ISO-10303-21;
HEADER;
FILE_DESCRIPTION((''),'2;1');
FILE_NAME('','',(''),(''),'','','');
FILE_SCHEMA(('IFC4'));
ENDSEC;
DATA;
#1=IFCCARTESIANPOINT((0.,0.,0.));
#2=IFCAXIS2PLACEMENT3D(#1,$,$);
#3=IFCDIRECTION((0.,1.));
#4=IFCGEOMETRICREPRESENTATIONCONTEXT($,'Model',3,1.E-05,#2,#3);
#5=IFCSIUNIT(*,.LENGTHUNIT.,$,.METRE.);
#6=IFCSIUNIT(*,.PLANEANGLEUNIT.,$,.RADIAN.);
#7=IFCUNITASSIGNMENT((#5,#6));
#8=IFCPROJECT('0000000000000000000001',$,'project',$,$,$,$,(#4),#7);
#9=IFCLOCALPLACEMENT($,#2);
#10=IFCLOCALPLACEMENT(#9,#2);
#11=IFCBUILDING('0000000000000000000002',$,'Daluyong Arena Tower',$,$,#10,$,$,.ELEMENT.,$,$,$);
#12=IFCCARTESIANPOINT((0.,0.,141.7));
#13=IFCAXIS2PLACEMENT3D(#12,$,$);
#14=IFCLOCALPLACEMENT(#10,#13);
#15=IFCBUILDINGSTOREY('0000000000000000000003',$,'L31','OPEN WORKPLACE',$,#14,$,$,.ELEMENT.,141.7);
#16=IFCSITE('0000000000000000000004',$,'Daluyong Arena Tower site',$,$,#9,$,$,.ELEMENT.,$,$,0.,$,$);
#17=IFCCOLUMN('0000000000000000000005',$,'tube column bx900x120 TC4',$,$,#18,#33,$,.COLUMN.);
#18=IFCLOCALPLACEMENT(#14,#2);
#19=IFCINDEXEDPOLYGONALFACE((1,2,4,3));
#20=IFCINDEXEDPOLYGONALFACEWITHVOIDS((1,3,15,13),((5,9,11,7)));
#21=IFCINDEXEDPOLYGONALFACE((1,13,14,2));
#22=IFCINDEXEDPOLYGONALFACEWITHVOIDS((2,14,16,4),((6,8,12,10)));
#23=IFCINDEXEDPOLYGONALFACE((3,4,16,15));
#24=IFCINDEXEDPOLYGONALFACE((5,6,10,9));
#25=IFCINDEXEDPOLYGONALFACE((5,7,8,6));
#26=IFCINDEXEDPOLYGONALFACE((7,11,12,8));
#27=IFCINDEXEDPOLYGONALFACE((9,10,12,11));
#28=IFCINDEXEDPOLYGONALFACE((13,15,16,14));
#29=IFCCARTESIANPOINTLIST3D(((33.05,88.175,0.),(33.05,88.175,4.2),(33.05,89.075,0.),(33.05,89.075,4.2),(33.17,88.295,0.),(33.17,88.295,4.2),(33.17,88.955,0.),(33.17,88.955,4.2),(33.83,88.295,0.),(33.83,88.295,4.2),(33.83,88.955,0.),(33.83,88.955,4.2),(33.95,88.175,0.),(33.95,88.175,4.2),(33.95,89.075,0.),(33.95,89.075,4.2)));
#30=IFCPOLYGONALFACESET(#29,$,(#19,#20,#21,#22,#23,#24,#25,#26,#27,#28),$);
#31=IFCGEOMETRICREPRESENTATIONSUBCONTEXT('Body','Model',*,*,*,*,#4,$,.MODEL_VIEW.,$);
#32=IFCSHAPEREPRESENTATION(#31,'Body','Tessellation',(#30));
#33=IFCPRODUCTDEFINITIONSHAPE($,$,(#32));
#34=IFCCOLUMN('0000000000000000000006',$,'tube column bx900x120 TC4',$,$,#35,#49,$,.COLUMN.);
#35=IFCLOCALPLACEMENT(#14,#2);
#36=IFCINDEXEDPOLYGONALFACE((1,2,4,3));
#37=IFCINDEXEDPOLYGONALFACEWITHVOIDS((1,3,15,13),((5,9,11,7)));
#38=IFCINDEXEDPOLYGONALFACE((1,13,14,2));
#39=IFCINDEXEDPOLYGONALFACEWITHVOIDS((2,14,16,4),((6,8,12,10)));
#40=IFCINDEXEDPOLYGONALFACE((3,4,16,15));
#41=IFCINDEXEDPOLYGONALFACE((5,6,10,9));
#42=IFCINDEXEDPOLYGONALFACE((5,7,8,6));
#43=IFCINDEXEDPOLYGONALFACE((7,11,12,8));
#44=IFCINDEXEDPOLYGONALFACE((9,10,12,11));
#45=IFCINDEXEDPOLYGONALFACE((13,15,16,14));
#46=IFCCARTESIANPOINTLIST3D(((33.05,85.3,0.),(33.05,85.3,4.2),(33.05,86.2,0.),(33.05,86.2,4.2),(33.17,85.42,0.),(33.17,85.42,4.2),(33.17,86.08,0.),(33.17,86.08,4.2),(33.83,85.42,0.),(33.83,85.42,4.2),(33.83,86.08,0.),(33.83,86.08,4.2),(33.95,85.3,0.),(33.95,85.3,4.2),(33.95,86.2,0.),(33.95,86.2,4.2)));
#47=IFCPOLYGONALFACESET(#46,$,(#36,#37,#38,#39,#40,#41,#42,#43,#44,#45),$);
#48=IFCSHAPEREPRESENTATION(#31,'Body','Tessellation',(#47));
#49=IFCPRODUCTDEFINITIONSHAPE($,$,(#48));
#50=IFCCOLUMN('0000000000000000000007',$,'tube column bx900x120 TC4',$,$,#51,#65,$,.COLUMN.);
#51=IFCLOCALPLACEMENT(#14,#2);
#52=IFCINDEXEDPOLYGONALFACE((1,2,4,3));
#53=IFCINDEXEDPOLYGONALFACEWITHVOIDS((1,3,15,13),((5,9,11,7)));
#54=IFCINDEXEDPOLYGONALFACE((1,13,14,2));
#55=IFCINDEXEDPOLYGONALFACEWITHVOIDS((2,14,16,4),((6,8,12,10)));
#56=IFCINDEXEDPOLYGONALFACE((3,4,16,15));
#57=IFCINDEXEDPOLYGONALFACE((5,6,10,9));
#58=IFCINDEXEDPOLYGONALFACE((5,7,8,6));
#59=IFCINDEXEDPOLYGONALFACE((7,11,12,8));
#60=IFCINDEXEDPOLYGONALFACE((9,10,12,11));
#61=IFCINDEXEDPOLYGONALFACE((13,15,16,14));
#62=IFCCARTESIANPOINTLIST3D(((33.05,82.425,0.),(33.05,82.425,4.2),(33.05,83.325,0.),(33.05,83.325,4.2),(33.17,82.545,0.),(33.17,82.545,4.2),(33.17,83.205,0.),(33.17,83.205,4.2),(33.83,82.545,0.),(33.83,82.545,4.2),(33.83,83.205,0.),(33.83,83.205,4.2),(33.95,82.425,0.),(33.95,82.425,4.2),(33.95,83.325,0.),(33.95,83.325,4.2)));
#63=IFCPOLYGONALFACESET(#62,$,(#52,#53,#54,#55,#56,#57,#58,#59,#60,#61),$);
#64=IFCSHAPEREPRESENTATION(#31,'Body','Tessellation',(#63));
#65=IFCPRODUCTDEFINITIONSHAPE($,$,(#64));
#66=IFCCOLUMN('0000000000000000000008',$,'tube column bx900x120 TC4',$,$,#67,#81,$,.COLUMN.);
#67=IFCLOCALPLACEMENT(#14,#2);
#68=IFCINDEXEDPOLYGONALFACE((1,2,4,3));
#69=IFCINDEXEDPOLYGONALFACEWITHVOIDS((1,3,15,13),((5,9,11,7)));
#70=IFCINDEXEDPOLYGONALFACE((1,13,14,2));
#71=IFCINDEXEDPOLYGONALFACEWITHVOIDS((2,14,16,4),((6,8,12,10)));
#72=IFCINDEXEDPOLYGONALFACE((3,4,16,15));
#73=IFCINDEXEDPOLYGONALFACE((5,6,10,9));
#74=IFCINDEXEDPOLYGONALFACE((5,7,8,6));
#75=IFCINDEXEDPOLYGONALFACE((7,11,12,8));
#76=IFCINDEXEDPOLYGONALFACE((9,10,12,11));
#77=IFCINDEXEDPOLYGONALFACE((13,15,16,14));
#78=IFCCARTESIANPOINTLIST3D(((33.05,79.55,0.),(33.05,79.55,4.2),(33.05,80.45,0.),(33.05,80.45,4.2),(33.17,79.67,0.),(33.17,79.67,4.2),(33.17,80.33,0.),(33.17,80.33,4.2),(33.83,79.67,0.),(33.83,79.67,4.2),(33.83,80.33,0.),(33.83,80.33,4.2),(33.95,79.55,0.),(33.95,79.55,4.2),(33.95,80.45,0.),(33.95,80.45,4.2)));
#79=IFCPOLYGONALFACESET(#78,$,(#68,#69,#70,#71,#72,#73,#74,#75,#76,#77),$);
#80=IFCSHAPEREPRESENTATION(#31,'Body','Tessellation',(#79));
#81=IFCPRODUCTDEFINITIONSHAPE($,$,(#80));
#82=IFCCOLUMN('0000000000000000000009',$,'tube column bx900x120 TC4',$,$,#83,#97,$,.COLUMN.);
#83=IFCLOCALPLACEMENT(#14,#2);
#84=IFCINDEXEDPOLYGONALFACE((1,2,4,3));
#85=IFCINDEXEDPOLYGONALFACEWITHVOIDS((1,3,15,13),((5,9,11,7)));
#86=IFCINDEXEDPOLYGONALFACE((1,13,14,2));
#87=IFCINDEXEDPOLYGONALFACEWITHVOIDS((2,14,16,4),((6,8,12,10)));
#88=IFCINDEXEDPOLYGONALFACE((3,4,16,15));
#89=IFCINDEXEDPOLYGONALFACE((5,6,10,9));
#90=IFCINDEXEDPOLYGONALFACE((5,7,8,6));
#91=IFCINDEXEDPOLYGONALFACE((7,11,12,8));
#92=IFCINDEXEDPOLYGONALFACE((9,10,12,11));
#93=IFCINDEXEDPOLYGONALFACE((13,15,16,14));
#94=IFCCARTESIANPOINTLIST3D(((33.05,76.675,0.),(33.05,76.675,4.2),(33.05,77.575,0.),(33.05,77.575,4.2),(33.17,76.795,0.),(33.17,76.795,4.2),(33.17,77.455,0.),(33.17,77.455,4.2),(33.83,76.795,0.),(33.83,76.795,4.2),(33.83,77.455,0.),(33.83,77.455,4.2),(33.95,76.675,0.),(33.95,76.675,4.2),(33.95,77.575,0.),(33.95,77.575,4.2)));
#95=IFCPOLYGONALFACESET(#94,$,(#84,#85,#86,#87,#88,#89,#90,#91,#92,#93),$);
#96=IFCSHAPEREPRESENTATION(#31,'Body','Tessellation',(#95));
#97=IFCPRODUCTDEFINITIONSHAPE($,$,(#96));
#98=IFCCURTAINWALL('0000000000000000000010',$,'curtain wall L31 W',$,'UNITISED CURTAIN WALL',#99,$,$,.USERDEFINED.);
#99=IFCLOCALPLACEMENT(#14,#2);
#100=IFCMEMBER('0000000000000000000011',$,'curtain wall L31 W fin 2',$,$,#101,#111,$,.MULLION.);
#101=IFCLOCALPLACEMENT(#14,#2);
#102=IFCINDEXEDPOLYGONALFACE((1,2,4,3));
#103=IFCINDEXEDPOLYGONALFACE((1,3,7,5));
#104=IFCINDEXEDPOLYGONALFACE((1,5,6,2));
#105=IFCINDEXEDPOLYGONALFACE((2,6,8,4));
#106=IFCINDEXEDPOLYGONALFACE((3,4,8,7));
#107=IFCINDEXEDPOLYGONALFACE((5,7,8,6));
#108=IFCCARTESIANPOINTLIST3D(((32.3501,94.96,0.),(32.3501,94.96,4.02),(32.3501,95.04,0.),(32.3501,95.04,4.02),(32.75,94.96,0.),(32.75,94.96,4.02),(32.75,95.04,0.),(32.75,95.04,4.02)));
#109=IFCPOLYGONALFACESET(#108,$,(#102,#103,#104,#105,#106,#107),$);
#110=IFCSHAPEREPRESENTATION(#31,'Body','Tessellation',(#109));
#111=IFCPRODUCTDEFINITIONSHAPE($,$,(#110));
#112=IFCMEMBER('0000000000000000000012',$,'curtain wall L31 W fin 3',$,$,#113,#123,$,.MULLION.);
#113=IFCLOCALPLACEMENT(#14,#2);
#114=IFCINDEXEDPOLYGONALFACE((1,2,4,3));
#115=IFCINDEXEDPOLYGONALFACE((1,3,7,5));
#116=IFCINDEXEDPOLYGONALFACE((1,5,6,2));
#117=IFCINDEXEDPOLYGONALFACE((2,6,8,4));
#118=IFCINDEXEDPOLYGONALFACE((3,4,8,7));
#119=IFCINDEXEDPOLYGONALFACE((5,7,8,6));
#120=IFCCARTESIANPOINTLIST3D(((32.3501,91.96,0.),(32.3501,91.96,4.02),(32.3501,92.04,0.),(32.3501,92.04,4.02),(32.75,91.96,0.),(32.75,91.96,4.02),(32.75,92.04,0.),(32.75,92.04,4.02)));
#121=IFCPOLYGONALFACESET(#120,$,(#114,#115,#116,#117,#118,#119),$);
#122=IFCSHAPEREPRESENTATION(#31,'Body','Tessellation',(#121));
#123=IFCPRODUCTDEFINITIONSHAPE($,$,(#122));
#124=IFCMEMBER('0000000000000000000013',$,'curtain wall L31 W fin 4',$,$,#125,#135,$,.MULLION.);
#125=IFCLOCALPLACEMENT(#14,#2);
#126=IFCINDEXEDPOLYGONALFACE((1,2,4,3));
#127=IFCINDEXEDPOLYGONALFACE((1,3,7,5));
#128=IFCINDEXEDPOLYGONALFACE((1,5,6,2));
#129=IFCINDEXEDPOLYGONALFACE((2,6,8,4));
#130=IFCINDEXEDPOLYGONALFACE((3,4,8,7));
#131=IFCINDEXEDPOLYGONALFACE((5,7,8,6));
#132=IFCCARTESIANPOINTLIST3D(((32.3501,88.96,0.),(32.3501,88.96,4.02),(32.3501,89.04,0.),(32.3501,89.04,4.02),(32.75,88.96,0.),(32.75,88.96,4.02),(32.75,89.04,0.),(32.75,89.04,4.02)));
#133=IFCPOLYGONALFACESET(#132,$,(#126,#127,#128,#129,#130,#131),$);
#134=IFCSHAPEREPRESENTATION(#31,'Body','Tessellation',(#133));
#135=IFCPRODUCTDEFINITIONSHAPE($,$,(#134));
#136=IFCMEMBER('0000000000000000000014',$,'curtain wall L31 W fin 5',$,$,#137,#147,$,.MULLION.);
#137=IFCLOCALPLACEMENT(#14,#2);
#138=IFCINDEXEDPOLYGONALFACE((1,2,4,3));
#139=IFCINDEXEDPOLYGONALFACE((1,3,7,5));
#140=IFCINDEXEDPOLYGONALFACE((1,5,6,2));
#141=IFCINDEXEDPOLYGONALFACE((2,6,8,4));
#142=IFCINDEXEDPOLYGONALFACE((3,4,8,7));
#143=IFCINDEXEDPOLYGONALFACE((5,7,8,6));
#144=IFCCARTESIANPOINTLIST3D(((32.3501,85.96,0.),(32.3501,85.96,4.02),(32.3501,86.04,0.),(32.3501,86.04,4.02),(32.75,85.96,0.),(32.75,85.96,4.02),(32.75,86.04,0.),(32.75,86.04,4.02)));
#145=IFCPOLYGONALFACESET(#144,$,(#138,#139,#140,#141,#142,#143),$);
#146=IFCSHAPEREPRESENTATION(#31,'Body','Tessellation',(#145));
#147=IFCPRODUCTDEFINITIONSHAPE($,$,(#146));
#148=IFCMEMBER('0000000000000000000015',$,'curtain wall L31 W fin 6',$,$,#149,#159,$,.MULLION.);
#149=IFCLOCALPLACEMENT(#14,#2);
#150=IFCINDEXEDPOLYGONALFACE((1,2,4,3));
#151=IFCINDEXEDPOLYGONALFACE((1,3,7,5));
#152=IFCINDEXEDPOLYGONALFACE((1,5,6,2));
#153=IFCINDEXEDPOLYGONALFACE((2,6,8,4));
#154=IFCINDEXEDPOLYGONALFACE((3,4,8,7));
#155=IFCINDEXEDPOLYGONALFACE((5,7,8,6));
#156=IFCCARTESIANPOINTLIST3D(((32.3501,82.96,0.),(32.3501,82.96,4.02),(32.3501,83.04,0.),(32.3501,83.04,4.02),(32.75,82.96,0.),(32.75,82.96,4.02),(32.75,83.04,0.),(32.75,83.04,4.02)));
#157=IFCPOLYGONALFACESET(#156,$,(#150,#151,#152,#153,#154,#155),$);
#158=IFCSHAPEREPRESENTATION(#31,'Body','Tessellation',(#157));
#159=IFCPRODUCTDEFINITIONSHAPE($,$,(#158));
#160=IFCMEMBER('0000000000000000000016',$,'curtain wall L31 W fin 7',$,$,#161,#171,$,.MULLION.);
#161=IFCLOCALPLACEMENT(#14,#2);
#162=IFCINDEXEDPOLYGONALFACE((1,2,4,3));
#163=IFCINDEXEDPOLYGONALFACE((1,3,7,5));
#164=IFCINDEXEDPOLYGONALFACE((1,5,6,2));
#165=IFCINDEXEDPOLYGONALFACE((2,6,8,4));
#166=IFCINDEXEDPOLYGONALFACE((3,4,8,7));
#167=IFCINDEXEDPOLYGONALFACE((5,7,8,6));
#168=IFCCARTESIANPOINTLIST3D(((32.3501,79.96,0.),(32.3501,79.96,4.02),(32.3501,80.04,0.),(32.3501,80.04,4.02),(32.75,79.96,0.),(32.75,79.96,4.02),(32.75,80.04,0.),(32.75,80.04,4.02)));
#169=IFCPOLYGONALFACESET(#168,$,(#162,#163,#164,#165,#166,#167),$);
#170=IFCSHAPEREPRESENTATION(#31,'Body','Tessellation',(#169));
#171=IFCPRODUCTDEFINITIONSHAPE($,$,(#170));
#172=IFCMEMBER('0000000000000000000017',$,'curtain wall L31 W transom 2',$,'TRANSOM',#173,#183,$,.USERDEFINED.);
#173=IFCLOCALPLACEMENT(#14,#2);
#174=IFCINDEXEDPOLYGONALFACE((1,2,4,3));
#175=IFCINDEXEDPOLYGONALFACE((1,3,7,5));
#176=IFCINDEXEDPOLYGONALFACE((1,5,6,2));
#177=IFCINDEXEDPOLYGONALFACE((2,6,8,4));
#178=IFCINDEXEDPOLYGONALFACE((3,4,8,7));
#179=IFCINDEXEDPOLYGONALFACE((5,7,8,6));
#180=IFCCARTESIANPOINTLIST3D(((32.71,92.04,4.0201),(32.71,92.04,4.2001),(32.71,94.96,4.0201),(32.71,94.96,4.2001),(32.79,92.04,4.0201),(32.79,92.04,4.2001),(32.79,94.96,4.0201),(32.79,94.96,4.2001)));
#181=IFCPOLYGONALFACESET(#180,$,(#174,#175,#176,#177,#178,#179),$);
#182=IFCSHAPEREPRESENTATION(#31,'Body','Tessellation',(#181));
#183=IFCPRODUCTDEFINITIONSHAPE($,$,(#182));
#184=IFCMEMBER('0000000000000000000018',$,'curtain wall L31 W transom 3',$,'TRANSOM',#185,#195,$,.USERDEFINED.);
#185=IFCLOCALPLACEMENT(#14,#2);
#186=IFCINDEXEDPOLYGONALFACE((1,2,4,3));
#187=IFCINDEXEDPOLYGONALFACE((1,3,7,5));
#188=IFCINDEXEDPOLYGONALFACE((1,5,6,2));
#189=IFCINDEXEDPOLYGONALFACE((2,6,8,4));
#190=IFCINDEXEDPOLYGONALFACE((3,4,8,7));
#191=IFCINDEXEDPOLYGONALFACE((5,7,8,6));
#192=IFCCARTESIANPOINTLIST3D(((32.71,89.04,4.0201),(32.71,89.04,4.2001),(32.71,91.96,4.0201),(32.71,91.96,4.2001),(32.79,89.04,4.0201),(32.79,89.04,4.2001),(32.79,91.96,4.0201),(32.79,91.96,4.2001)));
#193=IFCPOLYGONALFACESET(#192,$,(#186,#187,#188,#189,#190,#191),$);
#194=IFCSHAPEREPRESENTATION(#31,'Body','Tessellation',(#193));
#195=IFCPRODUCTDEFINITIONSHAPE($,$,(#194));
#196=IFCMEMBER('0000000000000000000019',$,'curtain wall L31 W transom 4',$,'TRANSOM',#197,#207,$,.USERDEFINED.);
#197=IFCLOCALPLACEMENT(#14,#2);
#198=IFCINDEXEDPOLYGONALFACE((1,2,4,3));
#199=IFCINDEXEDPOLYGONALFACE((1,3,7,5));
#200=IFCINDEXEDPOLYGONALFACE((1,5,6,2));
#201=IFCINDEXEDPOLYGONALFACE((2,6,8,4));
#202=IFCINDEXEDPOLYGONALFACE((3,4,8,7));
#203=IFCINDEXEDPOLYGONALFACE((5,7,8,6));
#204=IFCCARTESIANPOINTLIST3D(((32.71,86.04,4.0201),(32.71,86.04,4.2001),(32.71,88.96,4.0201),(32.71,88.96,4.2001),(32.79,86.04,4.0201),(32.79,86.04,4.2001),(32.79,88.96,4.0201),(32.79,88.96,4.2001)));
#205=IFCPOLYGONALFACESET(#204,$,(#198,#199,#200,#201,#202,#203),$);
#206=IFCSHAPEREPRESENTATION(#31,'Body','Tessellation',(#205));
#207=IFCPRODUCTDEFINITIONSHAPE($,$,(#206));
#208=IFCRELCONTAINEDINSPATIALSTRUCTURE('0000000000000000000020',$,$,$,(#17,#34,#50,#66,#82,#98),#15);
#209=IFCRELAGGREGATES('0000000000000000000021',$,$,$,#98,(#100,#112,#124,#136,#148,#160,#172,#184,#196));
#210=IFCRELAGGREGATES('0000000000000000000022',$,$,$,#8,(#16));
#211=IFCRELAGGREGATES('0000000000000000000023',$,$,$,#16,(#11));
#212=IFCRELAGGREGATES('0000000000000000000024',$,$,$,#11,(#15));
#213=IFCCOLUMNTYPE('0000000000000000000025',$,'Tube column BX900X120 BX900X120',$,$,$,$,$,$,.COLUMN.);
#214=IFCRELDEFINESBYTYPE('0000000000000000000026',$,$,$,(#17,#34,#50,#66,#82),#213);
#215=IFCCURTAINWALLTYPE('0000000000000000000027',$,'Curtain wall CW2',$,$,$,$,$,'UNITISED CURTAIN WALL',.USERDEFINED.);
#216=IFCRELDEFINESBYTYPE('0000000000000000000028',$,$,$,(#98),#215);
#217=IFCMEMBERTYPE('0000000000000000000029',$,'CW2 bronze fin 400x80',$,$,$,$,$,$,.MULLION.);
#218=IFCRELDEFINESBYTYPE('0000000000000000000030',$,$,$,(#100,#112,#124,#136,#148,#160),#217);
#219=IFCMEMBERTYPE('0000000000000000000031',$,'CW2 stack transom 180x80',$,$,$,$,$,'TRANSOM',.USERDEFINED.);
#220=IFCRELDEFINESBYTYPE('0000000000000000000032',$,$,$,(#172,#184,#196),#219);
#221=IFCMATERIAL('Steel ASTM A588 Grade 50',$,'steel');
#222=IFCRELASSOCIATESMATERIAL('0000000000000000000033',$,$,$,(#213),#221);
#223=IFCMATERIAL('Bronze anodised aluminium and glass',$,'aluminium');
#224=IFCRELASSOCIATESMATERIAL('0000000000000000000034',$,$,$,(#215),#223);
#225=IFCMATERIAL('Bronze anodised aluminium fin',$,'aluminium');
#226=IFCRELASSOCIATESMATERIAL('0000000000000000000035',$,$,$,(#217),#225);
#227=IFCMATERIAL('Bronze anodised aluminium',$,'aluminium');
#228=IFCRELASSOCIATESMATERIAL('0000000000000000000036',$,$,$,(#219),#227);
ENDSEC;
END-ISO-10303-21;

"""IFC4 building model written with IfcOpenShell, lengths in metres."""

from ifc_helpers import new_model, si_unit, direction, frame, origin, origin_2d, place, context, subcontext, project, spatial, rectangle, hollow_rectangle, extrude, material, material_profile, profile_set, type_object, element, aggregate, save


model = new_model("IFC4")

# Units and contexts
model_context = context("Model", 3, precision=1e-05, world=origin(), true_north=direction((0.0, 1.0)))
body_context = subcontext(model_context, "Body", "Model", "MODEL_VIEW")
ifc_project = project(units=[si_unit("LENGTHUNIT", "METRE"), si_unit("PLANEANGLEUNIT", "RADIAN")], contexts=[model_context])

# Site, building, storey
site_placement = place(None, origin())
site = spatial("IfcSite", under=ifc_project, at=site_placement, Name="Daluyong Arena Tower site", CompositionType="ELEMENT", RefElevation=0.0)
building_placement = place(site_placement, origin())
building = spatial("IfcBuilding", under=site, at=building_placement, Name="Daluyong Arena Tower", CompositionType="ELEMENT")
storey_placement = place(building_placement, frame((0.0, 0.0, 141.7)))
storey = spatial("IfcBuildingStorey", under=building, at=storey_placement, Name="L31", Description="OPEN WORKPLACE", CompositionType="ELEMENT", Elevation=141.7)

# Columns
ifc_material_1 = material(Name="Steel ASTM A588 Grade 50", Category="steel")
ifc_material_profile_1 = material_profile(ifc_material_1, hollow_rectangle(XDim=0.8999, YDim=0.8999, WallThickness=0.12, at=origin_2d()))
ifc_profile_set_1 = profile_set([ifc_material_profile_1], Name="Steel ASTM A588 Grade 50")
column_type = type_object("IfcColumnType", Name="Tube column BX900X120 BX900X120", PredefinedType="COLUMN", material=ifc_profile_set_1)
for number, where, z_axis, x_axis, name in (
    (1, (33.5, 88.625, 0.0), (0.0, 0.0, 1.0), (0.0, 1.0, 0.0), "tube column bx900x120 TC4"),
    (2, (33.5, 85.75, 0.0), (0.0, 0.0, 1.0), (0.0, 1.0, 0.0), "tube column bx900x120 TC4"),
    (3, (33.5, 82.875, 0.0), (0.0, 0.0, 1.0), (0.0, 1.0, 0.0), "tube column bx900x120 TC4"),
    (4, (33.5, 80.0, 0.0), (0.0, 0.0, 1.0), (0.0, 1.0, 0.0), "tube column bx900x120 TC4"),
    (5, (33.5, 77.125, 0.0), (0.0, 0.0, 1.0), (0.0, 1.0, 0.0), "tube column bx900x120 TC4"),
):
    element("IfcColumn", number, at=place(storey_placement, frame(where, z_axis=z_axis, x_axis=x_axis)), inside=storey, type_object=column_type, Name=name, PredefinedType="COLUMN", context=body_context, shape_type="SweptSolid", body=[
        extrude(hollow_rectangle(XDim=0.8999, YDim=0.8999, WallThickness=0.12, at=origin_2d()), origin(), (0.0, 0.0, 1.0), 4.2),
    ])

# Curtain wall, members
ifc_material_2 = material(Name="Bronze anodised aluminium and glass", Category="aluminium")
curtain_wall_type = type_object("IfcCurtainWallType", Name="Curtain wall CW2", ElementType="UNITISED CURTAIN WALL", PredefinedType="USERDEFINED", material=ifc_material_2)
curtain_wall_placement = place(storey_placement, origin())
curtain_wall = element("IfcCurtainWall", 6, at=curtain_wall_placement, inside=storey, type_object=curtain_wall_type, Name="curtain wall L31 W", ObjectType="UNITISED CURTAIN WALL", PredefinedType="USERDEFINED")
ifc_material_3 = material(Name="Bronze anodised aluminium fin", Category="aluminium")
ifc_material_profile_2 = material_profile(ifc_material_3, rectangle(XDim=0.3999, YDim=0.0801, at=origin_2d()))
ifc_profile_set_2 = profile_set([ifc_material_profile_2], Name="Bronze anodised aluminium fin")
member_type_1 = type_object("IfcMemberType", Name="CW2 bronze fin 400x80", PredefinedType="MULLION", material=ifc_profile_set_2)
member_1_placement = place(storey_placement, frame((32.55, 95.0, 0.0), z_axis=(0.0, 0.0, 1.0), x_axis=(1.0, 0.0, 0.0)))
member_1 = element("IfcMember", 7, at=member_1_placement, type_object=member_type_1, Name="curtain wall L31 W fin 2", PredefinedType="MULLION", context=body_context, shape_type="SweptSolid", body=[
    extrude(rectangle(XDim=0.3999, YDim=0.0801, at=origin_2d()), origin(), (0.0, 0.0, 1.0), 4.02),
])
member_2_placement = place(storey_placement, frame((32.55, 92.0, 0.0), z_axis=(0.0, 0.0, 1.0), x_axis=(1.0, 0.0, 0.0)))
member_2 = element("IfcMember", 8, at=member_2_placement, type_object=member_type_1, Name="curtain wall L31 W fin 3", PredefinedType="MULLION", context=body_context, shape_type="SweptSolid", body=[
    extrude(rectangle(XDim=0.3999, YDim=0.0801, at=origin_2d()), origin(), (0.0, 0.0, 1.0), 4.02),
])
member_3_placement = place(storey_placement, frame((32.55, 89.0, 0.0), z_axis=(0.0, 0.0, 1.0), x_axis=(1.0, 0.0, 0.0)))
member_3 = element("IfcMember", 9, at=member_3_placement, type_object=member_type_1, Name="curtain wall L31 W fin 4", PredefinedType="MULLION", context=body_context, shape_type="SweptSolid", body=[
    extrude(rectangle(XDim=0.3999, YDim=0.0801, at=origin_2d()), origin(), (0.0, 0.0, 1.0), 4.02),
])
member_4_placement = place(storey_placement, frame((32.55, 86.0, 0.0), z_axis=(0.0, 0.0, 1.0), x_axis=(1.0, 0.0, 0.0)))
member_4 = element("IfcMember", 10, at=member_4_placement, type_object=member_type_1, Name="curtain wall L31 W fin 5", PredefinedType="MULLION", context=body_context, shape_type="SweptSolid", body=[
    extrude(rectangle(XDim=0.3999, YDim=0.0801, at=origin_2d()), origin(), (0.0, 0.0, 1.0), 4.02),
])
member_5_placement = place(storey_placement, frame((32.55, 83.0, 0.0), z_axis=(0.0, 0.0, 1.0), x_axis=(1.0, 0.0, 0.0)))
member_5 = element("IfcMember", 11, at=member_5_placement, type_object=member_type_1, Name="curtain wall L31 W fin 6", PredefinedType="MULLION", context=body_context, shape_type="SweptSolid", body=[
    extrude(rectangle(XDim=0.3999, YDim=0.0801, at=origin_2d()), origin(), (0.0, 0.0, 1.0), 4.02),
])
member_6_placement = place(storey_placement, frame((32.55, 80.0, 0.0), z_axis=(0.0, 0.0, 1.0), x_axis=(1.0, 0.0, 0.0)))
member_6 = element("IfcMember", 12, at=member_6_placement, type_object=member_type_1, Name="curtain wall L31 W fin 7", PredefinedType="MULLION", context=body_context, shape_type="SweptSolid", body=[
    extrude(rectangle(XDim=0.3999, YDim=0.0801, at=origin_2d()), origin(), (0.0, 0.0, 1.0), 4.02),
])
ifc_material_4 = material(Name="Bronze anodised aluminium", Category="aluminium")
ifc_material_profile_3 = material_profile(ifc_material_4, rectangle(XDim=0.0801, YDim=0.1799, at=origin_2d()))
ifc_profile_set_3 = profile_set([ifc_material_profile_3], Name="Bronze anodised aluminium")
member_type_2 = type_object("IfcMemberType", Name="CW2 stack transom 180x80", ElementType="TRANSOM", PredefinedType="USERDEFINED", material=ifc_profile_set_3)
member_7_placement = place(storey_placement, frame((32.75, 94.96, 4.1101), z_axis=(0.0, -1.0, 0.0), x_axis=(1.0, 0.0, 0.0)))
member_7 = element("IfcMember", 13, at=member_7_placement, type_object=member_type_2, Name="curtain wall L31 W transom 2", ObjectType="TRANSOM", PredefinedType="USERDEFINED", context=body_context, shape_type="SweptSolid", body=[
    extrude(rectangle(XDim=0.0801, YDim=0.1799, at=origin_2d()), origin(), (0.0, 0.0, 1.0), 2.9199),
])
member_8_placement = place(storey_placement, frame((32.75, 91.96, 4.1101), z_axis=(0.0, -1.0, 0.0), x_axis=(1.0, 0.0, 0.0)))
member_8 = element("IfcMember", 14, at=member_8_placement, type_object=member_type_2, Name="curtain wall L31 W transom 3", ObjectType="TRANSOM", PredefinedType="USERDEFINED", context=body_context, shape_type="SweptSolid", body=[
    extrude(rectangle(XDim=0.0801, YDim=0.1799, at=origin_2d()), origin(), (0.0, 0.0, 1.0), 2.9199),
])
member_9_placement = place(storey_placement, frame((32.75, 88.96, 4.1101), z_axis=(0.0, -1.0, 0.0), x_axis=(1.0, 0.0, 0.0)))
member_9 = element("IfcMember", 15, at=member_9_placement, type_object=member_type_2, Name="curtain wall L31 W transom 4", ObjectType="TRANSOM", PredefinedType="USERDEFINED", context=body_context, shape_type="SweptSolid", body=[
    extrude(rectangle(XDim=0.0801, YDim=0.1799, at=origin_2d()), origin(), (0.0, 0.0, 1.0), 2.9199),
])

aggregate(curtain_wall, [member_1, member_2, member_3, member_4, member_5, member_6, member_7, member_8, member_9])

save(model, "model.ifc")
